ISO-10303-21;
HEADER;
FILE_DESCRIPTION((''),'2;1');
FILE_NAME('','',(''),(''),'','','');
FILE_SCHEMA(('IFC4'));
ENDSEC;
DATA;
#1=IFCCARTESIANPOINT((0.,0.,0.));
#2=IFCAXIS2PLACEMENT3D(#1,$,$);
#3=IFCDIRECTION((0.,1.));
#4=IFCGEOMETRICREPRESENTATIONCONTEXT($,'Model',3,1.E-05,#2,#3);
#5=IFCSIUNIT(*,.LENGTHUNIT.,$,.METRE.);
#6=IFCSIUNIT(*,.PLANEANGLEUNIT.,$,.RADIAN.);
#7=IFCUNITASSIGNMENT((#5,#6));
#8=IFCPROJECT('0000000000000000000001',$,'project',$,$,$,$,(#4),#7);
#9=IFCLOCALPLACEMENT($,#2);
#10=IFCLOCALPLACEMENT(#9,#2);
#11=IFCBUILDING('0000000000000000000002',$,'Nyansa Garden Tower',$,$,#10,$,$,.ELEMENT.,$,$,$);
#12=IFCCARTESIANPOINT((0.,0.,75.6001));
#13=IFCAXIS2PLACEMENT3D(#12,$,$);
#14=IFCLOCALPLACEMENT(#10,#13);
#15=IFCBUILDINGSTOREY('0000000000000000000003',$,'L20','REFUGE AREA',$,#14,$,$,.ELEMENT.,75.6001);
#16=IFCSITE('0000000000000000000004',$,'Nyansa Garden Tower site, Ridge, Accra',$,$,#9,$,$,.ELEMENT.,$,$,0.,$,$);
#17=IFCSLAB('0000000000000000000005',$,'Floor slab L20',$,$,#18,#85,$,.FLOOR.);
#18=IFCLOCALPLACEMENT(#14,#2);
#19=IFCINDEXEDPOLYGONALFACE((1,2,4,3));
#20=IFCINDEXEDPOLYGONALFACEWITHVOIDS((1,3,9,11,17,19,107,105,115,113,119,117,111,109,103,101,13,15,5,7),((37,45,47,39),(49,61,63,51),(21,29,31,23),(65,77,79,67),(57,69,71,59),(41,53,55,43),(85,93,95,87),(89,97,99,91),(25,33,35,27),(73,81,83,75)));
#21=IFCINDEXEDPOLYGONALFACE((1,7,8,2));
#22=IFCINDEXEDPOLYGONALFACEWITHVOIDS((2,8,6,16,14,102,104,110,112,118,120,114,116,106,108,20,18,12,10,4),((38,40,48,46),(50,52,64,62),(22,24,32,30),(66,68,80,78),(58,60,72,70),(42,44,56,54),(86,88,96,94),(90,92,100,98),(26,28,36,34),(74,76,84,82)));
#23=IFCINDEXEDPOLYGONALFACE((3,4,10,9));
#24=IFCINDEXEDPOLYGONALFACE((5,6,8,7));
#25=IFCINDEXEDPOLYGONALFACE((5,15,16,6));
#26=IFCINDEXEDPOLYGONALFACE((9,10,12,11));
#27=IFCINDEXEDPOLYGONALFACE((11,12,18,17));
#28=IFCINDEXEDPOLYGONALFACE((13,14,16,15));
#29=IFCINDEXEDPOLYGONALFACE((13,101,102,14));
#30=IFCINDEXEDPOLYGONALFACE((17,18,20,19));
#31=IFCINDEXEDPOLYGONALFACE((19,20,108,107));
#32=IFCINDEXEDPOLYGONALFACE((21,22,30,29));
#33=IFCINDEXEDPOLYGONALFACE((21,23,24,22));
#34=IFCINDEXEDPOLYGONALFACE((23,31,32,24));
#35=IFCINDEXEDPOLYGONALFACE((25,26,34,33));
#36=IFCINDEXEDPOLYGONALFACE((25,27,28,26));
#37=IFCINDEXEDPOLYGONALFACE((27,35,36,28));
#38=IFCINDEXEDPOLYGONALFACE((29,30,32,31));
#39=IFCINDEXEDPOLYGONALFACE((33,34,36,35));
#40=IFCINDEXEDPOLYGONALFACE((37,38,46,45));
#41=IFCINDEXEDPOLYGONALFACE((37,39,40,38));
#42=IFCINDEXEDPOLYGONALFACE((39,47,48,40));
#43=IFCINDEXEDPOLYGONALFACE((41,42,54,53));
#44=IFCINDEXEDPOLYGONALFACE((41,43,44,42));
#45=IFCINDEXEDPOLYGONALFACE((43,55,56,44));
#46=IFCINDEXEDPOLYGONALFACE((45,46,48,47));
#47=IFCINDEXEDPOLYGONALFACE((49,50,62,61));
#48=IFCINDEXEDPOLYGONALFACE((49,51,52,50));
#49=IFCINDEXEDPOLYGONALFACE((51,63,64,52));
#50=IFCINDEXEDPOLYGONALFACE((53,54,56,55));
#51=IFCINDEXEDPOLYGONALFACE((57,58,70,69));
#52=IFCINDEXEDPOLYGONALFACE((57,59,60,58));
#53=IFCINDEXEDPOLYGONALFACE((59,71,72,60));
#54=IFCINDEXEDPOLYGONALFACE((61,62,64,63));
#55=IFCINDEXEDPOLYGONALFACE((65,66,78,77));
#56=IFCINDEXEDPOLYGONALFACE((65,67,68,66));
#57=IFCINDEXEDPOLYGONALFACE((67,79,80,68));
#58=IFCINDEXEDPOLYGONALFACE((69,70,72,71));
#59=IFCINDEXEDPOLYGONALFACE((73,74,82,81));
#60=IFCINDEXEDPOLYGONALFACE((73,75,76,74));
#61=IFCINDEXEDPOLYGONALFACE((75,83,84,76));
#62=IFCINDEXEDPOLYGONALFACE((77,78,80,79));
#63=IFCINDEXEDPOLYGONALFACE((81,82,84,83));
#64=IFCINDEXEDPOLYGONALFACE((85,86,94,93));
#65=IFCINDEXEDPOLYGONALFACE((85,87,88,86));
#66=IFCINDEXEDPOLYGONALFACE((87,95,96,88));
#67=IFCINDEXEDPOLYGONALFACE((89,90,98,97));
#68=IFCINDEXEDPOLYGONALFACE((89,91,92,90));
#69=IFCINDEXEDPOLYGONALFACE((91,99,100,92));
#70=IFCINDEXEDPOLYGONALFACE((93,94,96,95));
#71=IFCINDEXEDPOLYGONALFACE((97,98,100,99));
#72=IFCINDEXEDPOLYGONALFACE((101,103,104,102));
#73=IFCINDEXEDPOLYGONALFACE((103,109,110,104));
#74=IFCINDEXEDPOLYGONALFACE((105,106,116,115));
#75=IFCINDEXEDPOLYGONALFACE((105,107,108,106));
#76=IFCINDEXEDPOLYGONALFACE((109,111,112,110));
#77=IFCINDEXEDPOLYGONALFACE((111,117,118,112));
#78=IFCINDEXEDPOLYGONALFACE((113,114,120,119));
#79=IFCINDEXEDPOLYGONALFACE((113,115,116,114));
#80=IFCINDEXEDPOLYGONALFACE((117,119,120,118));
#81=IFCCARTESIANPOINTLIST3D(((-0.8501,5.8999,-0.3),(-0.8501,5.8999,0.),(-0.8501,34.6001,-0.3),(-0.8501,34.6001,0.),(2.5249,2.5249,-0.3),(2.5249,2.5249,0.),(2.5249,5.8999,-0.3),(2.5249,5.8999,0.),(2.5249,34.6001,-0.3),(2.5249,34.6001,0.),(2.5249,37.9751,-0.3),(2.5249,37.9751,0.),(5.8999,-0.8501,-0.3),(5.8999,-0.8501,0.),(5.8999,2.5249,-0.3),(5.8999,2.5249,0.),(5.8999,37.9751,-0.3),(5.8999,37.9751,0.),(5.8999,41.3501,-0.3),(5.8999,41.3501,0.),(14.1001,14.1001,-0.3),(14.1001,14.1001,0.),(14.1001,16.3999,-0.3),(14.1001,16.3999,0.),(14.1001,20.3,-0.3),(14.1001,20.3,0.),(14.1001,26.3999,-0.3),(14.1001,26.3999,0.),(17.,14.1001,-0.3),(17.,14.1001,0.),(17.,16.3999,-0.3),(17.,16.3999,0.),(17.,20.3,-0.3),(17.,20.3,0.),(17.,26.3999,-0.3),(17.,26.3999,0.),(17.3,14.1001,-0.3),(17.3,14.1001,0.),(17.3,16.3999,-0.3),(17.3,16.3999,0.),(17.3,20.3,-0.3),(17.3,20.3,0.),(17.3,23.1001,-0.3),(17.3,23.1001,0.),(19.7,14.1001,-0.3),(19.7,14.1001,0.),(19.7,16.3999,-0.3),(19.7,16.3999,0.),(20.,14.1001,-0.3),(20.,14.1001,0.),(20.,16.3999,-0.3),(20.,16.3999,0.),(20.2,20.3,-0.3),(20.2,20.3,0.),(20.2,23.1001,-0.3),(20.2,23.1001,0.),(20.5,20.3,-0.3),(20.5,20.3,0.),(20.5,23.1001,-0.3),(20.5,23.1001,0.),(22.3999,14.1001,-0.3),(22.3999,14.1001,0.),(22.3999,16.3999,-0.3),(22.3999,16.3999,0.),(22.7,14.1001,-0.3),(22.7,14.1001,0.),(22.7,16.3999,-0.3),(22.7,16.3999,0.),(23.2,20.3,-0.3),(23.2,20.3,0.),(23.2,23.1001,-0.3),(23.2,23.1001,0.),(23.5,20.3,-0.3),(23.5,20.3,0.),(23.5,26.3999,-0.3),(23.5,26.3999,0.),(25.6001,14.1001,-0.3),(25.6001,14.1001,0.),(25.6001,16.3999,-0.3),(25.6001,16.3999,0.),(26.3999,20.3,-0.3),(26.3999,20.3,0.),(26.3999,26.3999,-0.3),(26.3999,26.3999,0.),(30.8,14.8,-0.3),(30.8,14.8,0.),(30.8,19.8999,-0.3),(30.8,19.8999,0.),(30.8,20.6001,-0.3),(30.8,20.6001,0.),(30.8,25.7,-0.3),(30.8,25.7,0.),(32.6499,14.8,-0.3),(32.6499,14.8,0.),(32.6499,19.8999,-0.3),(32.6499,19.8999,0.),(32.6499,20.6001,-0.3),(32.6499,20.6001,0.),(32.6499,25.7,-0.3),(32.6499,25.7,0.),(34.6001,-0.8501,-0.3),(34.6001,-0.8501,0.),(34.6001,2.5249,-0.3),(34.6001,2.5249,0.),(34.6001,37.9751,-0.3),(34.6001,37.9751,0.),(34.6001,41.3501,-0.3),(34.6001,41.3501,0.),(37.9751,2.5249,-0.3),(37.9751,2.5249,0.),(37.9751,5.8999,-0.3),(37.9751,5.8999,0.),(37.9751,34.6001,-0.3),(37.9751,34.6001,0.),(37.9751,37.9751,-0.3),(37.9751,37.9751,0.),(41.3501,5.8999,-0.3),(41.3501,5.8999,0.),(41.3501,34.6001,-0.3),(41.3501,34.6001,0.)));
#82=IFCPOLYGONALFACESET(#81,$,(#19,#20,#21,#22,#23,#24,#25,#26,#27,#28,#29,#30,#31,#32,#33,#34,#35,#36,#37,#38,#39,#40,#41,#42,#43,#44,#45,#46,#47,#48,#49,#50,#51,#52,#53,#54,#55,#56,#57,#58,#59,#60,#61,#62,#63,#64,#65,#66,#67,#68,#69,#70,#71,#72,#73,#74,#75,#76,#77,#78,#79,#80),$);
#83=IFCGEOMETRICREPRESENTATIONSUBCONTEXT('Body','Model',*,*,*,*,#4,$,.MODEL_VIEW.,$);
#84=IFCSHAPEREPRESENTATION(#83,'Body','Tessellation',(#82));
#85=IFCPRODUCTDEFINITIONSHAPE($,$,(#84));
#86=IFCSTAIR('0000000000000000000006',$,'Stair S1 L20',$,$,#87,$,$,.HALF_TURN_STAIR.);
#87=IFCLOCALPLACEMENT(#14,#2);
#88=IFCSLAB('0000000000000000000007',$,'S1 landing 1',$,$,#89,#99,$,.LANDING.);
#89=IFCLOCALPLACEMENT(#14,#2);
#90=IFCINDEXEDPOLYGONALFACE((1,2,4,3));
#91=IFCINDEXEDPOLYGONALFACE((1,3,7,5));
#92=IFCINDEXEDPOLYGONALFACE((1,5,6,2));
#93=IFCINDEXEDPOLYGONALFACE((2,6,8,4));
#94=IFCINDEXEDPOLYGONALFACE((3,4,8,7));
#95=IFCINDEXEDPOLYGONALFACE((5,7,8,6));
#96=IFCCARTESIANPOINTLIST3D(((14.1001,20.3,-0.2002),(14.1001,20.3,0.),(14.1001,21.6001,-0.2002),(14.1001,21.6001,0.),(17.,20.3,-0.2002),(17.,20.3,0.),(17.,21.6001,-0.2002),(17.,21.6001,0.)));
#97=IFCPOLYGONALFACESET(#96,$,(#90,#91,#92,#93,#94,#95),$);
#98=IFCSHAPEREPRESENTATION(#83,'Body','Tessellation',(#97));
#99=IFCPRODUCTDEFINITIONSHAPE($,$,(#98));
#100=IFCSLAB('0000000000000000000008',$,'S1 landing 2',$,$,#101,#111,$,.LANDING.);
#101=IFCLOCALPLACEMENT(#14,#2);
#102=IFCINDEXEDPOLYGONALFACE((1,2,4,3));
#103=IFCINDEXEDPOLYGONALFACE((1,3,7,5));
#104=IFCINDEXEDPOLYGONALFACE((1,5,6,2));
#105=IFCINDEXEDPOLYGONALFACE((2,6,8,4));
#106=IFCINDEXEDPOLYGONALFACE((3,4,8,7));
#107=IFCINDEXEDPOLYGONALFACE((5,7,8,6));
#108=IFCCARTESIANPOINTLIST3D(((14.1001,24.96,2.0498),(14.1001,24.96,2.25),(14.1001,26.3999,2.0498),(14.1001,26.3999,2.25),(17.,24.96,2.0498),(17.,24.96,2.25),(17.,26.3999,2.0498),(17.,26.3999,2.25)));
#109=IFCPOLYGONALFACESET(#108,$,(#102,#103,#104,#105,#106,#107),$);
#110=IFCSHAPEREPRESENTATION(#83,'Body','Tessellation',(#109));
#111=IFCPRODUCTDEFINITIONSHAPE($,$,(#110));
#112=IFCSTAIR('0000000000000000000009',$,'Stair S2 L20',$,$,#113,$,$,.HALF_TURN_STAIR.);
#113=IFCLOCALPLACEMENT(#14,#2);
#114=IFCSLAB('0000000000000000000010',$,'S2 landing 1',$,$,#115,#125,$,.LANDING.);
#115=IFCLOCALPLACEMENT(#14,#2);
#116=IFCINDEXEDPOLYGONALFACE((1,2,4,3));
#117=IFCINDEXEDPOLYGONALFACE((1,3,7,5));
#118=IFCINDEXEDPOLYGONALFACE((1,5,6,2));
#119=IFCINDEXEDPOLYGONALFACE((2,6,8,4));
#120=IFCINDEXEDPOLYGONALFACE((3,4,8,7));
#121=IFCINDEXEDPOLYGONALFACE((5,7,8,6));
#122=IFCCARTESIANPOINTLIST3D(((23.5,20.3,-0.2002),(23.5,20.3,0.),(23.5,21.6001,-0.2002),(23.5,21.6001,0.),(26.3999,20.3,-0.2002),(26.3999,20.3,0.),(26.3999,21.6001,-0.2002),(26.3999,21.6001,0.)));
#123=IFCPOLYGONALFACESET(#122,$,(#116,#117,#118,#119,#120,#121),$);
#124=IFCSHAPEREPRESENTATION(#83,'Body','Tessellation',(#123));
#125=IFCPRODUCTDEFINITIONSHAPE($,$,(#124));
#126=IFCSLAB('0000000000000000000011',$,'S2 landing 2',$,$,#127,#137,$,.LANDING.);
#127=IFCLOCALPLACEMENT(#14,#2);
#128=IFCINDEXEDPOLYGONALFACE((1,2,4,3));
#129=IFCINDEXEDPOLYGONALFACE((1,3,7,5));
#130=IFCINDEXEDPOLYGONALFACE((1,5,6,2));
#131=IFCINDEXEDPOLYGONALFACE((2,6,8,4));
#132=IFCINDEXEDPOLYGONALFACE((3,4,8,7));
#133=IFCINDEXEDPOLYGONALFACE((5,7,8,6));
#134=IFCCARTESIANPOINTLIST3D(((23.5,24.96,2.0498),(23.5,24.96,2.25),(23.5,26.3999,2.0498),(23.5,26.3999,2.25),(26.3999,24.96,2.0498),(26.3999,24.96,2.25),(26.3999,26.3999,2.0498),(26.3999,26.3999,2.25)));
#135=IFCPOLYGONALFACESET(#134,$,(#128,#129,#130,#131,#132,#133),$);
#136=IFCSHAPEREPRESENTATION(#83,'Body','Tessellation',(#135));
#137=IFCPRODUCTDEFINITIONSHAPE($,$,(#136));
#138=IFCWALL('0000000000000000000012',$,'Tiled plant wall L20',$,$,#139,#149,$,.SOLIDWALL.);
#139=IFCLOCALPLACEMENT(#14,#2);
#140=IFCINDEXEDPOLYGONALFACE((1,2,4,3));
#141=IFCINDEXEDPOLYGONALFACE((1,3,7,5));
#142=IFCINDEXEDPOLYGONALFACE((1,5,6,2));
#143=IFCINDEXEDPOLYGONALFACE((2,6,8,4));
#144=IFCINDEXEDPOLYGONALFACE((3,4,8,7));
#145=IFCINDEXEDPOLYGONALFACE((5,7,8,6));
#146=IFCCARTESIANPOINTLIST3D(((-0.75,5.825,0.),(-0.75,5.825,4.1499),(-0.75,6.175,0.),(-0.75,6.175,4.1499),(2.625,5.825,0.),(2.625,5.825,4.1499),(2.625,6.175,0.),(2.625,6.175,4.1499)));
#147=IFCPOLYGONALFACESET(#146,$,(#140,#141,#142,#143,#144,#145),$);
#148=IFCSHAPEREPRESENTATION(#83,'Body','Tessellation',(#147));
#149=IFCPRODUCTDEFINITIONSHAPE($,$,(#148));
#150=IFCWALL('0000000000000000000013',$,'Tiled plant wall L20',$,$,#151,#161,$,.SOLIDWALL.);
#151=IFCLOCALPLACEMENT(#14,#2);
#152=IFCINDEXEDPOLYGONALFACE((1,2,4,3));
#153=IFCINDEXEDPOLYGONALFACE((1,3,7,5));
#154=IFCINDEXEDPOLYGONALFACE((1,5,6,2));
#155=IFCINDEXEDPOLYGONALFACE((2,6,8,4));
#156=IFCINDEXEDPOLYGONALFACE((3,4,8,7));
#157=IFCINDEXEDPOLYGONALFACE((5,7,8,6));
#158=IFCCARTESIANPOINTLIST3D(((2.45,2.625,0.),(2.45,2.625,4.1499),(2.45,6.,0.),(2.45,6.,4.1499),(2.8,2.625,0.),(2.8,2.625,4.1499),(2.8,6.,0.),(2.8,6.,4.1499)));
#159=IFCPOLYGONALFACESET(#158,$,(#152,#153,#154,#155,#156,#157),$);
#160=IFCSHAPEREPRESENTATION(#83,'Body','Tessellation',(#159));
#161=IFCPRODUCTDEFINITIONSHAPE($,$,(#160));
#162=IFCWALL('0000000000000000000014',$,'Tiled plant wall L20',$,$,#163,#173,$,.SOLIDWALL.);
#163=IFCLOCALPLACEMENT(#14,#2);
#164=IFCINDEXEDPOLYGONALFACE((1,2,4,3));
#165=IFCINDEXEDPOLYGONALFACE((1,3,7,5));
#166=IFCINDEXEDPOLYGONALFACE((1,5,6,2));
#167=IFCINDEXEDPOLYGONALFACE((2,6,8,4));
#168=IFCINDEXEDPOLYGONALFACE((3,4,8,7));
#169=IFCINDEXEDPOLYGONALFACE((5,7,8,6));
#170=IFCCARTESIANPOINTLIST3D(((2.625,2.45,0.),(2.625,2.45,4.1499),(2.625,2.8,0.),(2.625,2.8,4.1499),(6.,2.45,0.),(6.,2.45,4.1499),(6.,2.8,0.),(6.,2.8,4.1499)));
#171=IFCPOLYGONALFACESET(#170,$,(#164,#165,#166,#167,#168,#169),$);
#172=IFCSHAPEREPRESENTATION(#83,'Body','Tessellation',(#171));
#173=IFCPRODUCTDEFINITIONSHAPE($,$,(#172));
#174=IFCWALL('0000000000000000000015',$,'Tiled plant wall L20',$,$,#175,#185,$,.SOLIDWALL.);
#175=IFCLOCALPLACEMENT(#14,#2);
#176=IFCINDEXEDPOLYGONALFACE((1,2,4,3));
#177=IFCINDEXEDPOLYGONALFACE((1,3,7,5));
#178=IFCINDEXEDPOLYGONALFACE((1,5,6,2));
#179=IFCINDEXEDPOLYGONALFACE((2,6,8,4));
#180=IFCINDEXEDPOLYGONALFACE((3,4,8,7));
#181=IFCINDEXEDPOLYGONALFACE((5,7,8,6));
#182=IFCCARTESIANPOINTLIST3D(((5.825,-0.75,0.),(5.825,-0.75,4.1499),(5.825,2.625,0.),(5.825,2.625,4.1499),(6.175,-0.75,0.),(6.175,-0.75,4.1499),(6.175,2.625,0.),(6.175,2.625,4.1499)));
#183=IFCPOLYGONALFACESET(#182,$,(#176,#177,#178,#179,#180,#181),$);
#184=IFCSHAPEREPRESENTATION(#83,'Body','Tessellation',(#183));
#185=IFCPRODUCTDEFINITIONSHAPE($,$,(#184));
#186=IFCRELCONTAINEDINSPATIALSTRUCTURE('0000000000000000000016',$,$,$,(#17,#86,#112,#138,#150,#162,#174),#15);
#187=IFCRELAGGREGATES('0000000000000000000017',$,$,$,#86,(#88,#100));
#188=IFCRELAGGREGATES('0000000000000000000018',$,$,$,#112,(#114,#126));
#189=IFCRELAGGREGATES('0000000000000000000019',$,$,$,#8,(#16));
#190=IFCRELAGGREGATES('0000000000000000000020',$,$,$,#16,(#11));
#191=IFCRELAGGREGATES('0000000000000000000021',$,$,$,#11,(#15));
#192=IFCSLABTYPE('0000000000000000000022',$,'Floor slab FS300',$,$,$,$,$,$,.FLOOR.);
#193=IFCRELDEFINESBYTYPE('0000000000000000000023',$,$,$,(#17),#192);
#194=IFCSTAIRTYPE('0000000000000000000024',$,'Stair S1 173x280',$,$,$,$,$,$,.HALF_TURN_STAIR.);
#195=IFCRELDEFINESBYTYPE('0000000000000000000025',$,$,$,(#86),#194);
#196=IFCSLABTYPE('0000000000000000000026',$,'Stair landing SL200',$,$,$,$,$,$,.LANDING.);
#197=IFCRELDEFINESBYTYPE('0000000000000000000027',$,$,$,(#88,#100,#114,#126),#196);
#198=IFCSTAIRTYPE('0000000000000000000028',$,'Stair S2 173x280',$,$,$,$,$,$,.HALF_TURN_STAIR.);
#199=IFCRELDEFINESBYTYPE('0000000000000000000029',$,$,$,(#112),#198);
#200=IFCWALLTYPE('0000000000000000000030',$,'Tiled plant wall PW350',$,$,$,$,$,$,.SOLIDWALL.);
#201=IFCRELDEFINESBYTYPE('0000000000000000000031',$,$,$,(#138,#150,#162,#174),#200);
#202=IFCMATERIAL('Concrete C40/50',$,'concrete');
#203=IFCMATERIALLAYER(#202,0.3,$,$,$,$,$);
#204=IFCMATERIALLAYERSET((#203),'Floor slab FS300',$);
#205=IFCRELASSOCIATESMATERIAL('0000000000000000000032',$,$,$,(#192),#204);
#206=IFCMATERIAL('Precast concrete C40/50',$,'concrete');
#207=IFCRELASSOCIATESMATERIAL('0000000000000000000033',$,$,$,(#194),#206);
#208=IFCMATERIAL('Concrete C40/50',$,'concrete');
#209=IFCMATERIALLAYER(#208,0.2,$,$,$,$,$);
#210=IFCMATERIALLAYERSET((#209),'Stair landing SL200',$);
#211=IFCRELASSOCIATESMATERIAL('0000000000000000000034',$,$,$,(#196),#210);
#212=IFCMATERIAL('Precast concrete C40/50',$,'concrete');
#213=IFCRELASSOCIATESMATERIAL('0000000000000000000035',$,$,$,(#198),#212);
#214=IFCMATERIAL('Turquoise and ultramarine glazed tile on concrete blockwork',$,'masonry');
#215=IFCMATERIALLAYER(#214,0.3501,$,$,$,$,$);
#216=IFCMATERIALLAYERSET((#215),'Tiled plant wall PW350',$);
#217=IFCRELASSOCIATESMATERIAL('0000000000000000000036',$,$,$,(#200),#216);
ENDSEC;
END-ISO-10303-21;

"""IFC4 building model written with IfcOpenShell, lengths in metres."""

from ifc_helpers import new_model, si_unit, direction, frame, frame_2d, origin, place, context, subcontext, project, spatial, polyline, rectangle, outline, extrude, material, layer, layer_set, type_object, element, aggregate, save


model = new_model("IFC4")

# Units and contexts
model_context = context("Model", 3, precision=1e-05, world=origin(), true_north=direction((0.0, 1.0)))
body_context = subcontext(model_context, "Body", "Model", "MODEL_VIEW")
ifc_project = project(units=[si_unit("LENGTHUNIT", "METRE"), si_unit("PLANEANGLEUNIT", "RADIAN")], contexts=[model_context])

# Site, building, storey
site_placement = place(None, origin())
site = spatial("IfcSite", under=ifc_project, at=site_placement, Name="Nyansa Garden Tower site, Ridge, Accra", CompositionType="ELEMENT", RefElevation=0.0)
building_placement = place(site_placement, origin())
building = spatial("IfcBuilding", under=site, at=building_placement, Name="Nyansa Garden Tower", CompositionType="ELEMENT")
storey_placement = place(building_placement, frame((0.0, 0.0, 75.6001)))
storey = spatial("IfcBuildingStorey", under=building, at=storey_placement, Name="L20", Description="REFUGE AREA", CompositionType="ELEMENT", Elevation=75.6001)

# Slab
ifc_material_1 = material(Name="Concrete C40/50", Category="concrete")
ifc_layer_1 = layer(ifc_material_1, 0.3)
ifc_layer_set_1 = layer_set([ifc_layer_1], Name="Floor slab FS300")
slab_type_1 = type_object("IfcSlabType", Name="Floor slab FS300", PredefinedType="FLOOR", material=ifc_layer_set_1)
slab_1_placement = place(storey_placement, frame((0.0, 0.0, -0.3)))
element("IfcSlab", 1, at=slab_1_placement, inside=storey, type_object=slab_type_1, Name="Floor slab L20", PredefinedType="FLOOR", context=body_context, shape_type="SweptSolid", body=[
    extrude(outline(polyline([(41.3501, 5.8999), (37.9751, 5.8999), (37.9751, 2.5249), (34.6001, 2.5249), (34.6001, -0.8501), (5.8999, -0.8501), (5.8999, 2.5249), (2.5249, 2.5249), (2.5249, 5.8999), (-0.8501, 5.8999), (-0.8501, 34.6001), (2.5249, 34.6001), (2.5249, 37.9751), (5.8999, 37.9751), (5.8999, 41.3501), (34.6001, 41.3501), (34.6001, 37.9751), (37.9751, 37.9751), (37.9751, 34.6001), (41.3501, 34.6001), (41.3501, 5.8999)]), holes=[polyline([(14.1001, 14.1001), (17.0, 14.1001), (17.0, 16.3999), (14.1001, 16.3999), (14.1001, 14.1001)]), polyline([(17.3, 14.1001), (19.7, 14.1001), (19.7, 16.3999), (17.3, 16.3999), (17.3, 14.1001)]), polyline([(20.0, 14.1001), (22.3999, 14.1001), (22.3999, 16.3999), (20.0, 16.3999), (20.0, 14.1001)]), polyline([(22.7, 14.1001), (25.6001, 14.1001), (25.6001, 16.3999), (22.7, 16.3999), (22.7, 14.1001)]), polyline([(17.3, 20.3), (20.2, 20.3), (20.2, 23.1001), (17.3, 23.1001), (17.3, 20.3)]), polyline([(20.5, 20.3), (23.2, 20.3), (23.2, 23.1001), (20.5, 23.1001), (20.5, 20.3)]), polyline([(30.8, 14.8), (32.6499, 14.8), (32.6499, 19.8999), (30.8, 19.8999), (30.8, 14.8)]), polyline([(30.8, 20.6001), (32.6499, 20.6001), (32.6499, 25.7), (30.8, 25.7), (30.8, 20.6001)]), polyline([(14.1001, 20.3), (17.0, 20.3), (17.0, 26.3999), (14.1001, 26.3999), (14.1001, 20.3)]), polyline([(23.5, 20.3), (26.3999, 20.3), (26.3999, 26.3999), (23.5, 26.3999), (23.5, 20.3)])]), origin(), (0.0, 0.0, 1.0), 0.3),
])

# Stairs, slabs
ifc_material_2 = material(Name="Precast concrete C40/50", Category="concrete")
stair_type_1 = type_object("IfcStairType", Name="Stair S1 173x280", PredefinedType="HALF_TURN_STAIR", material=ifc_material_2)
stair_1_placement = place(storey_placement, origin())
stair_1 = element("IfcStair", 2, at=stair_1_placement, inside=storey, type_object=stair_type_1, Name="Stair S1 L20", PredefinedType="HALF_TURN_STAIR")
ifc_material_3 = material(Name="Concrete C40/50", Category="concrete")
ifc_layer_2 = layer(ifc_material_3, 0.2)
ifc_layer_set_2 = layer_set([ifc_layer_2], Name="Stair landing SL200")
slab_type_2 = type_object("IfcSlabType", Name="Stair landing SL200", PredefinedType="LANDING", material=ifc_layer_set_2)
slab_2_placement = place(storey_placement, frame((0.0, 0.0, -0.2002)))
slab_2 = element("IfcSlab", 3, at=slab_2_placement, type_object=slab_type_2, Name="S1 landing 1", PredefinedType="LANDING", context=body_context, shape_type="SweptSolid", body=[
    extrude(outline(polyline([(14.1001, 20.3), (17.0, 20.3), (17.0, 21.6001), (14.1001, 21.6001), (14.1001, 20.3)])), origin(), (0.0, 0.0, 1.0), 0.2002),
])
slab_3_placement = place(storey_placement, frame((0.0, 0.0, 2.0498)))
slab_3 = element("IfcSlab", 4, at=slab_3_placement, type_object=slab_type_2, Name="S1 landing 2", PredefinedType="LANDING", context=body_context, shape_type="SweptSolid", body=[
    extrude(outline(polyline([(14.1001, 24.96), (17.0, 24.96), (17.0, 26.3999), (14.1001, 26.3999), (14.1001, 24.96)])), origin(), (0.0, 0.0, 1.0), 0.2002),
])
aggregate(stair_1, [slab_2, slab_3])
ifc_material_4 = material(Name="Precast concrete C40/50", Category="concrete")
stair_type_2 = type_object("IfcStairType", Name="Stair S2 173x280", PredefinedType="HALF_TURN_STAIR", material=ifc_material_4)
stair_2_placement = place(storey_placement, origin())
stair_2 = element("IfcStair", 5, at=stair_2_placement, inside=storey, type_object=stair_type_2, Name="Stair S2 L20", PredefinedType="HALF_TURN_STAIR")
slab_4_placement = place(storey_placement, frame((0.0, 0.0, -0.2002)))
slab_4 = element("IfcSlab", 6, at=slab_4_placement, type_object=slab_type_2, Name="S2 landing 1", PredefinedType="LANDING", context=body_context, shape_type="SweptSolid", body=[
    extrude(outline(polyline([(23.5, 20.3), (26.3999, 20.3), (26.3999, 21.6001), (23.5, 21.6001), (23.5, 20.3)])), origin(), (0.0, 0.0, 1.0), 0.2002),
])
slab_5_placement = place(storey_placement, frame((0.0, 0.0, 2.0498)))
slab_5 = element("IfcSlab", 7, at=slab_5_placement, type_object=slab_type_2, Name="S2 landing 2", PredefinedType="LANDING", context=body_context, shape_type="SweptSolid", body=[
    extrude(outline(polyline([(23.5, 24.96), (26.3999, 24.96), (26.3999, 26.3999), (23.5, 26.3999), (23.5, 24.96)])), origin(), (0.0, 0.0, 1.0), 0.2002),
])
aggregate(stair_2, [slab_4, slab_5])

# Walls
ifc_material_5 = material(Name="Turquoise and ultramarine glazed tile on concrete blockwork", Category="masonry")
ifc_layer_3 = layer(ifc_material_5, 0.3501)
ifc_layer_set_3 = layer_set([ifc_layer_3], Name="Tiled plant wall PW350")
wall_type = type_object("IfcWallType", Name="Tiled plant wall PW350", PredefinedType="SOLIDWALL", material=ifc_layer_set_3)
for number, where, z_axis, x_axis, name in (
    (8, (-0.75, 6.0, 0.0), (0.0, 0.0, 1.0), (1.0, 0.0, 0.0), "Tiled plant wall L20"),
    (9, (2.625, 6.0, 0.0), (0.0, 0.0, 1.0), (0.0, -1.0, 0.0), "Tiled plant wall L20"),
    (10, (2.625, 2.625, 0.0), (0.0, 0.0, 1.0), (1.0, 0.0, 0.0), "Tiled plant wall L20"),
    (11, (6.0, 2.625, 0.0), (0.0, 0.0, 1.0), (0.0, -1.0, 0.0), "Tiled plant wall L20"),
):
    element("IfcWall", number, at=place(storey_placement, frame(where, z_axis=z_axis, x_axis=x_axis)), inside=storey, type_object=wall_type, Name=name, PredefinedType="SOLIDWALL", context=body_context, shape_type="SweptSolid", body=[
        extrude(rectangle(XDim=3.375, YDim=0.3501, at=frame_2d((1.6875, 0.0))), origin(), (0.0, 0.0, 1.0), 4.1499),
    ])

save(model, "model.ifc")
